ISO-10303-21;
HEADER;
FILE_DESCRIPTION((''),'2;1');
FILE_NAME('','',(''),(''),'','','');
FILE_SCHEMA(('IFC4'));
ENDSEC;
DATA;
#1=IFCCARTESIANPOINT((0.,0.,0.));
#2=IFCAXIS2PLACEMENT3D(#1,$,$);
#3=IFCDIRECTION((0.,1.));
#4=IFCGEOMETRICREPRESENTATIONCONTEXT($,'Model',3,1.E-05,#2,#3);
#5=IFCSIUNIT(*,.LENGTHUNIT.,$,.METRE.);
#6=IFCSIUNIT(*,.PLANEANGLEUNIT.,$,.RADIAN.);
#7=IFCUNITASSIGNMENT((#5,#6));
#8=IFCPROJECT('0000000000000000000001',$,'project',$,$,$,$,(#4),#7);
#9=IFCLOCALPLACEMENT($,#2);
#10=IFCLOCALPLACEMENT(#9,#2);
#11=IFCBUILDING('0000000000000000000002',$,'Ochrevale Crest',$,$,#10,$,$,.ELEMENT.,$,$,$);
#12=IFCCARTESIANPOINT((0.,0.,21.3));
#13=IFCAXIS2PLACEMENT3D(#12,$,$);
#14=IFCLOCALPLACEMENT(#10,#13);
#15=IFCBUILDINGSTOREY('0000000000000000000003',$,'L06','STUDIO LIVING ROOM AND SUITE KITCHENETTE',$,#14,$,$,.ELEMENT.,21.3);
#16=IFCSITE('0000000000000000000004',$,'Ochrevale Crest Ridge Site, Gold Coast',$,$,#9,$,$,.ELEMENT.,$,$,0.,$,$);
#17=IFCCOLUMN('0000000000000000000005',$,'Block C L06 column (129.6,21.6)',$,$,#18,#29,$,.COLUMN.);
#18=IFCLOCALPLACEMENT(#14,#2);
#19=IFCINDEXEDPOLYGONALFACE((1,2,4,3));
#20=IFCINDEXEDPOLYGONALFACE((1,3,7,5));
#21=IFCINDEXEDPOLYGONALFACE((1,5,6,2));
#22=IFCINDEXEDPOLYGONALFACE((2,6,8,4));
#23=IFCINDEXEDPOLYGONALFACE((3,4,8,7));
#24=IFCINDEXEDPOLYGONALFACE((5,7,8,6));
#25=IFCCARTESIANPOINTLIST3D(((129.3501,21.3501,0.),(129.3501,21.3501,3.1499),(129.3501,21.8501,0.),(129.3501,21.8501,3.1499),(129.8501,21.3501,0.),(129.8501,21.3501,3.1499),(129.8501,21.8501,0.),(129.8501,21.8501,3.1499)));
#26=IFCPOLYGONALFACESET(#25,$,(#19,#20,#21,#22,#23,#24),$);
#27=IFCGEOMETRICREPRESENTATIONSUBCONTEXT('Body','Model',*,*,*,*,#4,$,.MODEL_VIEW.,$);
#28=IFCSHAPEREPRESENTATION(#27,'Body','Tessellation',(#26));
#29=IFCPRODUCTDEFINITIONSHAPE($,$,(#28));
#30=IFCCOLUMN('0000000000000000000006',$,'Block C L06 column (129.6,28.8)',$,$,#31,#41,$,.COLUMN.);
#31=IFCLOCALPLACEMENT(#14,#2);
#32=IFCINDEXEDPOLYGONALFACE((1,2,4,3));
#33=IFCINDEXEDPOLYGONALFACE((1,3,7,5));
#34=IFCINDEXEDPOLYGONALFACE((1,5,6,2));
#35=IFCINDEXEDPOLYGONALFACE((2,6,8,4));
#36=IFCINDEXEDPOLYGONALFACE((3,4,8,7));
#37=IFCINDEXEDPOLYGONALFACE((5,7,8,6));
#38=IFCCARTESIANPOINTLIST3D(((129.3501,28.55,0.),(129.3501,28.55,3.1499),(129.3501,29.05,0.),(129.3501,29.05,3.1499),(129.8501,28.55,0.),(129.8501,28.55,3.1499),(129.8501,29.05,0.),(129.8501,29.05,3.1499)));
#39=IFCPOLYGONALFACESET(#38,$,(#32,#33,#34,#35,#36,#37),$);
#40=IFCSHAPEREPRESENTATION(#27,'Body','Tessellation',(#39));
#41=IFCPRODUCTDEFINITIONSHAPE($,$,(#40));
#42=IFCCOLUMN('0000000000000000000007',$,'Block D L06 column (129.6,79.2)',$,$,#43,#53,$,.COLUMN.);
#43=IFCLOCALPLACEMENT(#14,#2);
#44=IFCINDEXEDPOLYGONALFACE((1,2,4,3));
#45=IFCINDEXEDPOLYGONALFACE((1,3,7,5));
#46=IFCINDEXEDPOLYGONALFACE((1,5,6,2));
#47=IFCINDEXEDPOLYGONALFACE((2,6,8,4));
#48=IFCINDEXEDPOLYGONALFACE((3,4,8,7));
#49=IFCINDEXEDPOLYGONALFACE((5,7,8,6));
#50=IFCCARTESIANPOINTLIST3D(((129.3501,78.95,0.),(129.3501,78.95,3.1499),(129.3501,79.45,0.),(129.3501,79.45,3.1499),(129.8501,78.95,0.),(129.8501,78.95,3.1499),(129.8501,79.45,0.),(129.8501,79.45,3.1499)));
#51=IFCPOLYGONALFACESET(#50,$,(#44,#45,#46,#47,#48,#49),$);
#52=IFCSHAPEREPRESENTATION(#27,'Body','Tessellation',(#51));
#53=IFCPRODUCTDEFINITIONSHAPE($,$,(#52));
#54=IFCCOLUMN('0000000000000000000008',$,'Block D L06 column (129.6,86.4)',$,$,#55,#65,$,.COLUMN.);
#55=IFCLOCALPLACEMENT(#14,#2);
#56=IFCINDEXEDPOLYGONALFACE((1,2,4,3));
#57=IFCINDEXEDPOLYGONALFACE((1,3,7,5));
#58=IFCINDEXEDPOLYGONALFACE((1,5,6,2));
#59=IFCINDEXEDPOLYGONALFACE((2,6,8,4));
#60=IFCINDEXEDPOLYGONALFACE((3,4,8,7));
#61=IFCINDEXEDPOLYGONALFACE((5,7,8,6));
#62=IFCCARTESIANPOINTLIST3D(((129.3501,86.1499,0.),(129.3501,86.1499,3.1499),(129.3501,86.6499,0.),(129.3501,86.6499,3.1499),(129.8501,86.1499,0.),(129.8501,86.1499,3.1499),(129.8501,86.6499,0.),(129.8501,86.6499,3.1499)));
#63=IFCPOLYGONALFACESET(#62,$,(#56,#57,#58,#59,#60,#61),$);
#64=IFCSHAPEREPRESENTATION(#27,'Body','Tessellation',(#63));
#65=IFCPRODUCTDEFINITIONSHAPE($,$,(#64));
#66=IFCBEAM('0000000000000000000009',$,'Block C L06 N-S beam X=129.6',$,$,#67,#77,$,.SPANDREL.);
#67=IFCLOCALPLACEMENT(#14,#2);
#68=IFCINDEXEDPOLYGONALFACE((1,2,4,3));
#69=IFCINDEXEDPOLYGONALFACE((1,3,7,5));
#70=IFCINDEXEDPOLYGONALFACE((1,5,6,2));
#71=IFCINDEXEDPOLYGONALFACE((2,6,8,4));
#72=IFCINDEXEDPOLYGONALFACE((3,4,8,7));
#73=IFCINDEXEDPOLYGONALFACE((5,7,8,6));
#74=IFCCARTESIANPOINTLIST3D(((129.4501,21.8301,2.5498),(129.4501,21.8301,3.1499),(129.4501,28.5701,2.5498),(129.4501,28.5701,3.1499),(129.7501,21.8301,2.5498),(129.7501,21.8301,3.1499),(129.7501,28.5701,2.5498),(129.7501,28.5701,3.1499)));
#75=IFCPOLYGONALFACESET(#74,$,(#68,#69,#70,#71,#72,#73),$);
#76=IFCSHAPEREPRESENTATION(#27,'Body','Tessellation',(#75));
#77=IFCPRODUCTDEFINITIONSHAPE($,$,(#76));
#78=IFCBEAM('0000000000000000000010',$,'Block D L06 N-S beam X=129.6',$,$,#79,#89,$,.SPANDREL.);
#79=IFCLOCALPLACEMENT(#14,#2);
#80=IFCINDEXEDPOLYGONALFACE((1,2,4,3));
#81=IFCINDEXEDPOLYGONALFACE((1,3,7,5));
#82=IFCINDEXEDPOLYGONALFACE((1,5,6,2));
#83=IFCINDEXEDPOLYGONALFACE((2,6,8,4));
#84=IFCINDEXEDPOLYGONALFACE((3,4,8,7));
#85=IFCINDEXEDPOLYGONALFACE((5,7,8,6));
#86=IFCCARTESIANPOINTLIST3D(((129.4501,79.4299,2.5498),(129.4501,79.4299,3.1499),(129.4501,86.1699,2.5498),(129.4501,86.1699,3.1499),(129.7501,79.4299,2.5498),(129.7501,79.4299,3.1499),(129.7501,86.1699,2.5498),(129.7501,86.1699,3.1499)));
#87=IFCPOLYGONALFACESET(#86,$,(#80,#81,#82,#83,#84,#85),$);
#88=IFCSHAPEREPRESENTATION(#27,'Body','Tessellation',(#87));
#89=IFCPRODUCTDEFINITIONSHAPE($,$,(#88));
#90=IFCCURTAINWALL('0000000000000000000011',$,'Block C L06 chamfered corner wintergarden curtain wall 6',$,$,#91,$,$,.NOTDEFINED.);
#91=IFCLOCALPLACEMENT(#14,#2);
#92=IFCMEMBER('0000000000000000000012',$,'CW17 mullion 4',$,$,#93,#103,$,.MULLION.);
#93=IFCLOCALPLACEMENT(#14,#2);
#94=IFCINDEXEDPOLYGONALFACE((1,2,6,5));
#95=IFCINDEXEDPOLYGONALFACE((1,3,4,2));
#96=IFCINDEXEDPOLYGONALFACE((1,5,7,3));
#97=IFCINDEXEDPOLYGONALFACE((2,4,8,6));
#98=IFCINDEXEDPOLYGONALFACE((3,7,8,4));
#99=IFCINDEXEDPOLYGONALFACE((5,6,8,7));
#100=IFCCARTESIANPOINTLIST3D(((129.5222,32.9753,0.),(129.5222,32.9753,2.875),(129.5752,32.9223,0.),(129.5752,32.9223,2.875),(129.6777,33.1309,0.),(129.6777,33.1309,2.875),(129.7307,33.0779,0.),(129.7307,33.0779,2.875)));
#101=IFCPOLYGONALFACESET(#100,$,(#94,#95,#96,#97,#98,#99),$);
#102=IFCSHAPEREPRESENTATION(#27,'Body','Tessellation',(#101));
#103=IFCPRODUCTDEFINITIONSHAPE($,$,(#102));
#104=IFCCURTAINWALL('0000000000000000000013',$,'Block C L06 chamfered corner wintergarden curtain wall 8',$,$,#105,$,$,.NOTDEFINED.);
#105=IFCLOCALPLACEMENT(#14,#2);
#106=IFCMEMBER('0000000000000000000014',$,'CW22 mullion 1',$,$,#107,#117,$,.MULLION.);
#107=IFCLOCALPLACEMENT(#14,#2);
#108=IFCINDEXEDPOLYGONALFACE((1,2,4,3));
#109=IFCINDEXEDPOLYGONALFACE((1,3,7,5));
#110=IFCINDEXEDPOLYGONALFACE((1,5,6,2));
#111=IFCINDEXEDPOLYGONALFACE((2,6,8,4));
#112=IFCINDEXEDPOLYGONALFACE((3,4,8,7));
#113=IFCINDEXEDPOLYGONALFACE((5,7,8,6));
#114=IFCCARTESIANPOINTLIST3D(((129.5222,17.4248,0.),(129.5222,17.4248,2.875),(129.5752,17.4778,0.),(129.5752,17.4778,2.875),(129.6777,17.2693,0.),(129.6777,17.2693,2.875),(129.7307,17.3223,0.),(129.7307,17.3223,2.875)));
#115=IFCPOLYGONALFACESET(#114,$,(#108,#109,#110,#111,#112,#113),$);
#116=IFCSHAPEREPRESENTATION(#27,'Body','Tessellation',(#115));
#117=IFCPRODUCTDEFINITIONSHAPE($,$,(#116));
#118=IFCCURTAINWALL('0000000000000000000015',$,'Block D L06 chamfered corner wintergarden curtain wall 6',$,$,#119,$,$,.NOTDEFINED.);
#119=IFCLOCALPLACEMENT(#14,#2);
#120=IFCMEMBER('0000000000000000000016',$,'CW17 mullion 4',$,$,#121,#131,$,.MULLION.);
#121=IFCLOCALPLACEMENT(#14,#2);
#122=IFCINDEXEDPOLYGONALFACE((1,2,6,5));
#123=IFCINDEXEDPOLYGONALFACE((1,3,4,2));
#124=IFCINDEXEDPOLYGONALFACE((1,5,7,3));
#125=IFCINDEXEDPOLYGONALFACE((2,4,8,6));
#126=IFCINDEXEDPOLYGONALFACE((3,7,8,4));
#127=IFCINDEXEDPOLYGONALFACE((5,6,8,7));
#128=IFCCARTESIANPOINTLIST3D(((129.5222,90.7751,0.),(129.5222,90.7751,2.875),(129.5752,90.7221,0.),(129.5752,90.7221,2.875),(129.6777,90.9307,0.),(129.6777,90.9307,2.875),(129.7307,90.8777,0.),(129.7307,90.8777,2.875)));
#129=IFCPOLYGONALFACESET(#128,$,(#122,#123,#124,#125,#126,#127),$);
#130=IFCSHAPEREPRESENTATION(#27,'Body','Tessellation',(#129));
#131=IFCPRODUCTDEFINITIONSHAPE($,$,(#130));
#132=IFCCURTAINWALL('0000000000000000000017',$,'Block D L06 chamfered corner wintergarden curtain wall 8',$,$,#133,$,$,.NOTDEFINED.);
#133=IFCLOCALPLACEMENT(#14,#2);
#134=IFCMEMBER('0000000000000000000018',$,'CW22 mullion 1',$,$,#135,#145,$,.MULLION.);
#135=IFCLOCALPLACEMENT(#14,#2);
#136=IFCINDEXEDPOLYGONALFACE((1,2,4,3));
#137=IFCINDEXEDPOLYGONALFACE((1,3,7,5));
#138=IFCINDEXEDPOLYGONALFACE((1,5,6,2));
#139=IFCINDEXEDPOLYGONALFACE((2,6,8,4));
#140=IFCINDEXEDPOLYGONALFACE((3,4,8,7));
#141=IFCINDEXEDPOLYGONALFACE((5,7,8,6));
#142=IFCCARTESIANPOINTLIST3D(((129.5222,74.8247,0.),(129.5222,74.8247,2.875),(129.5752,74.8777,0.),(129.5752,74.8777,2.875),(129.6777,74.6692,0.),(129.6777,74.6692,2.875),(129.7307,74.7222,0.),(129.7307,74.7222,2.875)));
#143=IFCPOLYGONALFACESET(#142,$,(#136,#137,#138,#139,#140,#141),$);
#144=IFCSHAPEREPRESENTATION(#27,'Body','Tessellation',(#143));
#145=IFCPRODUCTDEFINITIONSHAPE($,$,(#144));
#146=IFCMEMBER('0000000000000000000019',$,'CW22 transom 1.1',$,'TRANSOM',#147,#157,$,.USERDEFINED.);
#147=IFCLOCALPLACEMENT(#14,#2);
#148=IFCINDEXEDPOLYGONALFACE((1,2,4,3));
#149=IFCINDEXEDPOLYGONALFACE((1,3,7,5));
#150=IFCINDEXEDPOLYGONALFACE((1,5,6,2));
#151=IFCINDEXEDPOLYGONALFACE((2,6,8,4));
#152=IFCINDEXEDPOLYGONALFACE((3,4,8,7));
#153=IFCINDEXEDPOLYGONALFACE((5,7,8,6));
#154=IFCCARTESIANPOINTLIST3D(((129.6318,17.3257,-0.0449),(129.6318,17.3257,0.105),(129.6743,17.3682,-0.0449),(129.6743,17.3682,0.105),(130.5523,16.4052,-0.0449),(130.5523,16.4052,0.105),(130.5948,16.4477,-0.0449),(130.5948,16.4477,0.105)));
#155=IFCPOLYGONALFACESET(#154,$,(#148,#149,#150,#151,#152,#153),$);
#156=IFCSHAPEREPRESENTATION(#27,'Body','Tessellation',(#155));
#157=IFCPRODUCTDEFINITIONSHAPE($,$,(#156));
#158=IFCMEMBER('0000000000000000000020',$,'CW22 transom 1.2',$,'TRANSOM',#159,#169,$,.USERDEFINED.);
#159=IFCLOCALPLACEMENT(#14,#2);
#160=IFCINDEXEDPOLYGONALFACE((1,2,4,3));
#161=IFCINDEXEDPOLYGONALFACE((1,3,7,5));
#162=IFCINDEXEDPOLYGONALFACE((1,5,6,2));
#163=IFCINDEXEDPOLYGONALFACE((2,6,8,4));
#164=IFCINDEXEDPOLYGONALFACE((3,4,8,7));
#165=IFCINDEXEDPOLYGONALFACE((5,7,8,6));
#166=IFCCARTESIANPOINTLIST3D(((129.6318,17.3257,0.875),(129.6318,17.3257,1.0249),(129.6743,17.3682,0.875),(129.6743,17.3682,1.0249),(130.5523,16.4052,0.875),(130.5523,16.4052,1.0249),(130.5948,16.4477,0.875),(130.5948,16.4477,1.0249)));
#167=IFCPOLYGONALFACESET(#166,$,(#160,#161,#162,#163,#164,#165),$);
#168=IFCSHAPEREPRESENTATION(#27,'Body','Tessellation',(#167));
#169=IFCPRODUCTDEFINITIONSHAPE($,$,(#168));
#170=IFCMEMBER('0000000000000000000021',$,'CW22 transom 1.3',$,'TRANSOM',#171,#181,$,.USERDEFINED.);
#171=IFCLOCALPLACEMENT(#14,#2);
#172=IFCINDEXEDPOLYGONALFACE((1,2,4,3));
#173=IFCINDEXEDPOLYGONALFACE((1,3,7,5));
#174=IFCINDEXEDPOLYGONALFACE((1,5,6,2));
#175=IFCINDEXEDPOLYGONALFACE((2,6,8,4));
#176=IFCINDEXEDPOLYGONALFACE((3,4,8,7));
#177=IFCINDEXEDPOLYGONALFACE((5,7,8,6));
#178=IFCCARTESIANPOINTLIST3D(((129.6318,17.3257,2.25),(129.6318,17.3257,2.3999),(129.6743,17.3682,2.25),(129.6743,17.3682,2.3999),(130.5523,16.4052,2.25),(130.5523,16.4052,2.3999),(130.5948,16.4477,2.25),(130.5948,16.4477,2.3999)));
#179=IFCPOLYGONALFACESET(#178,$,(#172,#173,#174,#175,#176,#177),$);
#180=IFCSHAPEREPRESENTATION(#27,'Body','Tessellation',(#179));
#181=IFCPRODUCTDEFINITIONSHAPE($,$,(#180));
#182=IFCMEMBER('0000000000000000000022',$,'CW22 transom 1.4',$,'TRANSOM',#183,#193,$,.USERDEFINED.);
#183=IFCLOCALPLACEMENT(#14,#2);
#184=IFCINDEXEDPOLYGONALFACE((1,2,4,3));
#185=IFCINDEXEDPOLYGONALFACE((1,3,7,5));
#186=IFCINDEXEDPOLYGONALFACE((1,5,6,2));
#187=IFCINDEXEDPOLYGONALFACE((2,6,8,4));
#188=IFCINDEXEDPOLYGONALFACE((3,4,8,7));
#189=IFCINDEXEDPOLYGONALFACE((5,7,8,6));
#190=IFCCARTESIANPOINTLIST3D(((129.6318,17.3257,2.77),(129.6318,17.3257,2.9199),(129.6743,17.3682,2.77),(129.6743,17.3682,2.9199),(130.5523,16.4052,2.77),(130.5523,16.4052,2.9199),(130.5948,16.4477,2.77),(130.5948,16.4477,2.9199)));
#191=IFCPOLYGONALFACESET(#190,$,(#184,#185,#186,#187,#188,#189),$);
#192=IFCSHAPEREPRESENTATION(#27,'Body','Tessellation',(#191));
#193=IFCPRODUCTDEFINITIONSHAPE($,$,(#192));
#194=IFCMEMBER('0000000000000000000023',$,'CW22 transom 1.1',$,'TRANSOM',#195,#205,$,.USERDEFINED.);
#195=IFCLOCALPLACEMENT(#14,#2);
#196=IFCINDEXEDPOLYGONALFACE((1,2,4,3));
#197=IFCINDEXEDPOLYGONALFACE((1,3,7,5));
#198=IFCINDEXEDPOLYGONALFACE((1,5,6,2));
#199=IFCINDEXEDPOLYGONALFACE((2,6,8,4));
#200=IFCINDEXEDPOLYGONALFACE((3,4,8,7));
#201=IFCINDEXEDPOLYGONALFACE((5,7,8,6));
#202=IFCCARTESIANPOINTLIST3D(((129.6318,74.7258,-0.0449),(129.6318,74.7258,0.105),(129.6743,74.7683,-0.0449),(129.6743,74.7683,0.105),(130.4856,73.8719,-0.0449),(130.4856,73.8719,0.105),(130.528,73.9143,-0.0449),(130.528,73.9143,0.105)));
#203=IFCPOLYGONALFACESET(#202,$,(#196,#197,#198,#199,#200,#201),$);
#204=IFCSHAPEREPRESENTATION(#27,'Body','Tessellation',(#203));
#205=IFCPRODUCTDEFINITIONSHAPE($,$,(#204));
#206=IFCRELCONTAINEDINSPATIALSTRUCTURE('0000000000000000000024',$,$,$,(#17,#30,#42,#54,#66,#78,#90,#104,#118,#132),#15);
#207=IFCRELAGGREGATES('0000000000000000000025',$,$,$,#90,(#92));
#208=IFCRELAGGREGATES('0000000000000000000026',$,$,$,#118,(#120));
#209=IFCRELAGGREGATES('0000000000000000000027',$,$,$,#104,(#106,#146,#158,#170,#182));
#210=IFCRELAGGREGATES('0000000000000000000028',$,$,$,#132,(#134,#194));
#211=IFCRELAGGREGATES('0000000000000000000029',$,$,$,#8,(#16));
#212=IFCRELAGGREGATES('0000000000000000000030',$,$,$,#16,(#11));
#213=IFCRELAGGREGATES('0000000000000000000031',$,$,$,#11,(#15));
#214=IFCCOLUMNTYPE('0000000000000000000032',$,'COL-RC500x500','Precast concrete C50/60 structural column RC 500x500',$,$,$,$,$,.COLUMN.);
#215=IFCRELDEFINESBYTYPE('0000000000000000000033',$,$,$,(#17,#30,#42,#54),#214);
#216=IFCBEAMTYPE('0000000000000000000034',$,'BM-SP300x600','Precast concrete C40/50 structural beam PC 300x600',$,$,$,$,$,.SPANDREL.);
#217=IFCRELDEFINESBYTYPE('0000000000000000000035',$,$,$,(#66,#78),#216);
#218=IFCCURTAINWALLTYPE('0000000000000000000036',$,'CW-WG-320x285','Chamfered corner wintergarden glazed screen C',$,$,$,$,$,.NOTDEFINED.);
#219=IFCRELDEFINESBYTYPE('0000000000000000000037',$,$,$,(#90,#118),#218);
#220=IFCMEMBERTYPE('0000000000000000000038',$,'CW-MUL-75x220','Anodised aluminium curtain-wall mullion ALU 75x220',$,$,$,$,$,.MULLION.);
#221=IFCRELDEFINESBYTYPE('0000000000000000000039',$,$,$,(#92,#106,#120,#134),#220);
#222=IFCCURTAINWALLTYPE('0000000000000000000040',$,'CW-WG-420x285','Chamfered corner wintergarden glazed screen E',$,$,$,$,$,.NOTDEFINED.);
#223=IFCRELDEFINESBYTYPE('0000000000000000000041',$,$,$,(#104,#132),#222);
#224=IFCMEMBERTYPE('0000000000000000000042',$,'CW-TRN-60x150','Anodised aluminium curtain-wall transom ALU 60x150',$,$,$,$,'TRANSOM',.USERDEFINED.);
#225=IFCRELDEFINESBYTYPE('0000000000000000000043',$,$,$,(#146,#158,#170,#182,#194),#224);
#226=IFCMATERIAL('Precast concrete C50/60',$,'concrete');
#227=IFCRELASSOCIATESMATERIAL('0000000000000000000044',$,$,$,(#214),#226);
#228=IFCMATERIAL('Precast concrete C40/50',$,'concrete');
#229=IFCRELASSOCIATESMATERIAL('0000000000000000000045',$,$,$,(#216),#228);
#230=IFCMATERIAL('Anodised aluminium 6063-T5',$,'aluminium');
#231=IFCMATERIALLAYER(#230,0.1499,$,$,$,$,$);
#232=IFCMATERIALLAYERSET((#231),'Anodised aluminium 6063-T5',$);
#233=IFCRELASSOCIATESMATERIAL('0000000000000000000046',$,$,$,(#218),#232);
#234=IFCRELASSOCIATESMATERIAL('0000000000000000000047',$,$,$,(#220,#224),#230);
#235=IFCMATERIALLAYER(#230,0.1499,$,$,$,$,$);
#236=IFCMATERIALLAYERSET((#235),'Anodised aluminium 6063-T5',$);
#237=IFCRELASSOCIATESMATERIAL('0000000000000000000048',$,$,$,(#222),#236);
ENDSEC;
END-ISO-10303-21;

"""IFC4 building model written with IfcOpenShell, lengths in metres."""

from ifc_helpers import new_model, si_unit, direction, frame, origin, origin_2d, place, context, subcontext, project, spatial, rectangle, extrude, material, layer, layer_set, material_profile, profile_set, type_object, element, aggregate, save


model = new_model("IFC4")

# Units and contexts
model_context = context("Model", 3, precision=1e-05, world=origin(), true_north=direction((0.0, 1.0)))
body_context = subcontext(model_context, "Body", "Model", "MODEL_VIEW")
ifc_project = project(units=[si_unit("LENGTHUNIT", "METRE"), si_unit("PLANEANGLEUNIT", "RADIAN")], contexts=[model_context])

# Site, building, storey
site_placement = place(None, origin())
site = spatial("IfcSite", under=ifc_project, at=site_placement, Name="Ochrevale Crest Ridge Site, Gold Coast", CompositionType="ELEMENT", RefElevation=0.0)
building_placement = place(site_placement, origin())
building = spatial("IfcBuilding", under=site, at=building_placement, Name="Ochrevale Crest", CompositionType="ELEMENT")
storey_placement = place(building_placement, frame((0.0, 0.0, 21.3)))
storey = spatial("IfcBuildingStorey", under=building, at=storey_placement, Name="L06", Description="STUDIO LIVING ROOM AND SUITE KITCHENETTE", CompositionType="ELEMENT", Elevation=21.3)

# Columns
ifc_material_1 = material(Name="Precast concrete C50/60", Category="concrete")
ifc_material_profile_1 = material_profile(ifc_material_1, rectangle(XDim=0.5, YDim=0.5, at=origin_2d()), Name="RC 500x500")
ifc_profile_set_1 = profile_set([ifc_material_profile_1], Name="Precast concrete C50/60")
column_type = type_object("IfcColumnType", Name="COL-RC500x500", Description="Precast concrete C50/60 structural column RC 500x500", PredefinedType="COLUMN", material=ifc_profile_set_1)
for number, where, z_axis, x_axis, name in (
    (1, (129.6001, 21.6001, 0.0), (0.0, 0.0, 1.0), (1.0, 0.0, 0.0), "Block C L06 column (129.6,21.6)"),
    (2, (129.6001, 28.8, 0.0), (0.0, 0.0, 1.0), (1.0, 0.0, 0.0), "Block C L06 column (129.6,28.8)"),
    (3, (129.6001, 79.2, 0.0), (0.0, 0.0, 1.0), (1.0, 0.0, 0.0), "Block D L06 column (129.6,79.2)"),
    (4, (129.6001, 86.3999, 0.0), (0.0, 0.0, 1.0), (1.0, 0.0, 0.0), "Block D L06 column (129.6,86.4)"),
):
    element("IfcColumn", number, at=place(storey_placement, frame(where, z_axis=z_axis, x_axis=x_axis)), inside=storey, type_object=column_type, Name=name, PredefinedType="COLUMN", context=body_context, shape_type="SweptSolid", body=[
        extrude(rectangle(XDim=0.5, YDim=0.5, at=origin_2d()), origin(), (0.0, 0.0, 1.0), 3.1499),
    ])

# Beams
ifc_material_2 = material(Name="Precast concrete C40/50", Category="concrete")
ifc_material_profile_2 = material_profile(ifc_material_2, rectangle(XDim=0.3, YDim=0.6001, at=origin_2d()), Name="PC 300x600")
ifc_profile_set_2 = profile_set([ifc_material_profile_2], Name="Precast concrete C40/50")
beam_type = type_object("IfcBeamType", Name="BM-SP300x600", Description="Precast concrete C40/50 structural beam PC 300x600", PredefinedType="SPANDREL", material=ifc_profile_set_2)
for number, where, z_axis, x_axis, name in (
    (5, (129.6001, 21.8301, 2.8499), (0.0, 1.0, 0.0), (-1.0, 0.0, 0.0), "Block C L06 N-S beam X=129.6"),
    (6, (129.6001, 79.4299, 2.8499), (0.0, 1.0, 0.0), (-1.0, 0.0, 0.0), "Block D L06 N-S beam X=129.6"),
):
    element("IfcBeam", number, at=place(storey_placement, frame(where, z_axis=z_axis, x_axis=x_axis)), inside=storey, type_object=beam_type, Name=name, PredefinedType="SPANDREL", context=body_context, shape_type="SweptSolid", body=[
        extrude(rectangle(XDim=0.3, YDim=0.6001, at=origin_2d()), origin(), (0.0, 0.0, 1.0), 6.74),
    ])

# Curtain walls, members
ifc_material_3 = material(Name="Anodised aluminium 6063-T5", Category="aluminium")
ifc_layer_1 = layer(ifc_material_3, 0.1499)
ifc_layer_set_1 = layer_set([ifc_layer_1], Name="Anodised aluminium 6063-T5")
curtain_wall_type_1 = type_object("IfcCurtainWallType", Name="CW-WG-320x285", Description="Chamfered corner wintergarden glazed screen C", PredefinedType="NOTDEFINED", material=ifc_layer_set_1)
curtain_wall_1_placement = place(storey_placement, origin())
curtain_wall_1 = element("IfcCurtainWall", 7, at=curtain_wall_1_placement, inside=storey, type_object=curtain_wall_type_1, Name="Block C L06 chamfered corner wintergarden curtain wall 6", PredefinedType="NOTDEFINED")
ifc_material_profile_3 = material_profile(ifc_material_3, rectangle(XDim=0.075, YDim=0.22, at=origin_2d()), Name="ALU 75x220")
ifc_profile_set_3 = profile_set([ifc_material_profile_3], Name="Anodised aluminium 6063-T5")
member_type_1 = type_object("IfcMemberType", Name="CW-MUL-75x220", Description="Anodised aluminium curtain-wall mullion ALU 75x220", PredefinedType="MULLION", material=ifc_profile_set_3)
member_1_placement = place(storey_placement, frame((129.6265, 33.0266, 0.0), z_axis=(0.0, 0.0, 1.0), x_axis=(0.707107, -0.707107, 0.0)))
member_1 = element("IfcMember", 8, at=member_1_placement, type_object=member_type_1, Name="CW17 mullion 4", PredefinedType="MULLION", context=body_context, shape_type="SweptSolid", body=[
    extrude(rectangle(XDim=0.075, YDim=0.22, at=origin_2d()), origin(), (0.0, 0.0, 1.0), 2.875),
])
aggregate(curtain_wall_1, [member_1])
ifc_layer_2 = layer(ifc_material_3, 0.1499)
ifc_layer_set_2 = layer_set([ifc_layer_2], Name="Anodised aluminium 6063-T5")
curtain_wall_type_2 = type_object("IfcCurtainWallType", Name="CW-WG-420x285", Description="Chamfered corner wintergarden glazed screen E", PredefinedType="NOTDEFINED", material=ifc_layer_set_2)
curtain_wall_2_placement = place(storey_placement, origin())
curtain_wall_2 = element("IfcCurtainWall", 9, at=curtain_wall_2_placement, inside=storey, type_object=curtain_wall_type_2, Name="Block C L06 chamfered corner wintergarden curtain wall 8", PredefinedType="NOTDEFINED")
member_2_placement = place(storey_placement, frame((129.6265, 17.3735, 0.0), z_axis=(0.0, 0.0, 1.0), x_axis=(0.707107, 0.707107, 0.0)))
member_2 = element("IfcMember", 10, at=member_2_placement, type_object=member_type_1, Name="CW22 mullion 1", PredefinedType="MULLION", context=body_context, shape_type="SweptSolid", body=[
    extrude(rectangle(XDim=0.075, YDim=0.22, at=origin_2d()), origin(), (0.0, 0.0, 1.0), 2.875),
])
curtain_wall_3_placement = place(storey_placement, origin())
curtain_wall_3 = element("IfcCurtainWall", 11, at=curtain_wall_3_placement, inside=storey, type_object=curtain_wall_type_1, Name="Block D L06 chamfered corner wintergarden curtain wall 6", PredefinedType="NOTDEFINED")
member_3_placement = place(storey_placement, frame((129.6265, 90.8264, 0.0), z_axis=(0.0, 0.0, 1.0), x_axis=(0.707107, -0.707107, 0.0)))
member_3 = element("IfcMember", 12, at=member_3_placement, type_object=member_type_1, Name="CW17 mullion 4", PredefinedType="MULLION", context=body_context, shape_type="SweptSolid", body=[
    extrude(rectangle(XDim=0.075, YDim=0.22, at=origin_2d()), origin(), (0.0, 0.0, 1.0), 2.875),
])
aggregate(curtain_wall_3, [member_3])
curtain_wall_4_placement = place(storey_placement, origin())
curtain_wall_4 = element("IfcCurtainWall", 13, at=curtain_wall_4_placement, inside=storey, type_object=curtain_wall_type_2, Name="Block D L06 chamfered corner wintergarden curtain wall 8", PredefinedType="NOTDEFINED")
member_4_placement = place(storey_placement, frame((129.6265, 74.7734, 0.0), z_axis=(0.0, 0.0, 1.0), x_axis=(0.707107, 0.707107, 0.0)))
member_4 = element("IfcMember", 14, at=member_4_placement, type_object=member_type_1, Name="CW22 mullion 1", PredefinedType="MULLION", context=body_context, shape_type="SweptSolid", body=[
    extrude(rectangle(XDim=0.075, YDim=0.22, at=origin_2d()), origin(), (0.0, 0.0, 1.0), 2.875),
])

# Members
ifc_material_profile_4 = material_profile(ifc_material_3, rectangle(XDim=0.0601, YDim=0.1499, at=origin_2d()), Name="ALU 60x150")
ifc_profile_set_4 = profile_set([ifc_material_profile_4], Name="Anodised aluminium 6063-T5")
member_type_2 = type_object("IfcMemberType", Name="CW-TRN-60x150", Description="Anodised aluminium curtain-wall transom ALU 60x150", ElementType="TRANSOM", PredefinedType="USERDEFINED", material=ifc_profile_set_4)
member_5_placement = place(storey_placement, frame((129.6531, 17.3469, 0.03), z_axis=(0.707107, -0.707107, 0.0), x_axis=(0.707107, 0.707107, 0.0)))
member_5 = element("IfcMember", 15, at=member_5_placement, type_object=member_type_2, Name="CW22 transom 1.1", ObjectType="TRANSOM", PredefinedType="USERDEFINED", context=body_context, shape_type="SweptSolid", body=[
    extrude(rectangle(XDim=0.0601, YDim=0.1499, at=origin_2d()), origin(), (0.0, 0.0, 1.0), 1.3018),
])
member_6_placement = place(storey_placement, frame((129.6531, 17.3469, 0.95), z_axis=(0.707107, -0.707107, 0.0), x_axis=(0.707107, 0.707107, 0.0)))
member_6 = element("IfcMember", 16, at=member_6_placement, type_object=member_type_2, Name="CW22 transom 1.2", ObjectType="TRANSOM", PredefinedType="USERDEFINED", context=body_context, shape_type="SweptSolid", body=[
    extrude(rectangle(XDim=0.0601, YDim=0.1499, at=origin_2d()), origin(), (0.0, 0.0, 1.0), 1.3018),
])
member_7_placement = place(storey_placement, frame((129.6531, 17.3469, 2.325), z_axis=(0.707107, -0.707107, 0.0), x_axis=(0.707107, 0.707107, 0.0)))
member_7 = element("IfcMember", 17, at=member_7_placement, type_object=member_type_2, Name="CW22 transom 1.3", ObjectType="TRANSOM", PredefinedType="USERDEFINED", context=body_context, shape_type="SweptSolid", body=[
    extrude(rectangle(XDim=0.0601, YDim=0.1499, at=origin_2d()), origin(), (0.0, 0.0, 1.0), 1.3018),
])
member_8_placement = place(storey_placement, frame((129.6531, 17.3469, 2.845), z_axis=(0.707107, -0.707107, 0.0), x_axis=(0.707107, 0.707107, 0.0)))
member_8 = element("IfcMember", 18, at=member_8_placement, type_object=member_type_2, Name="CW22 transom 1.4", ObjectType="TRANSOM", PredefinedType="USERDEFINED", context=body_context, shape_type="SweptSolid", body=[
    extrude(rectangle(XDim=0.0601, YDim=0.1499, at=origin_2d()), origin(), (0.0, 0.0, 1.0), 1.3018),
])
aggregate(curtain_wall_2, [member_2, member_5, member_6, member_7, member_8])
member_9_placement = place(storey_placement, frame((129.6531, 74.7471, 0.03), z_axis=(0.707006, -0.707208, 0.0), x_axis=(0.707208, 0.707006, 0.0)))
member_9 = element("IfcMember", 19, at=member_9_placement, type_object=member_type_2, Name="CW22 transom 1.1", ObjectType="TRANSOM", PredefinedType="USERDEFINED", context=body_context, shape_type="SweptSolid", body=[
    extrude(rectangle(XDim=0.0601, YDim=0.1499, at=origin_2d()), origin(), (0.0, 0.0, 1.0), 1.2075),
])
aggregate(curtain_wall_4, [member_4, member_9])

save(model, "model.ifc")
